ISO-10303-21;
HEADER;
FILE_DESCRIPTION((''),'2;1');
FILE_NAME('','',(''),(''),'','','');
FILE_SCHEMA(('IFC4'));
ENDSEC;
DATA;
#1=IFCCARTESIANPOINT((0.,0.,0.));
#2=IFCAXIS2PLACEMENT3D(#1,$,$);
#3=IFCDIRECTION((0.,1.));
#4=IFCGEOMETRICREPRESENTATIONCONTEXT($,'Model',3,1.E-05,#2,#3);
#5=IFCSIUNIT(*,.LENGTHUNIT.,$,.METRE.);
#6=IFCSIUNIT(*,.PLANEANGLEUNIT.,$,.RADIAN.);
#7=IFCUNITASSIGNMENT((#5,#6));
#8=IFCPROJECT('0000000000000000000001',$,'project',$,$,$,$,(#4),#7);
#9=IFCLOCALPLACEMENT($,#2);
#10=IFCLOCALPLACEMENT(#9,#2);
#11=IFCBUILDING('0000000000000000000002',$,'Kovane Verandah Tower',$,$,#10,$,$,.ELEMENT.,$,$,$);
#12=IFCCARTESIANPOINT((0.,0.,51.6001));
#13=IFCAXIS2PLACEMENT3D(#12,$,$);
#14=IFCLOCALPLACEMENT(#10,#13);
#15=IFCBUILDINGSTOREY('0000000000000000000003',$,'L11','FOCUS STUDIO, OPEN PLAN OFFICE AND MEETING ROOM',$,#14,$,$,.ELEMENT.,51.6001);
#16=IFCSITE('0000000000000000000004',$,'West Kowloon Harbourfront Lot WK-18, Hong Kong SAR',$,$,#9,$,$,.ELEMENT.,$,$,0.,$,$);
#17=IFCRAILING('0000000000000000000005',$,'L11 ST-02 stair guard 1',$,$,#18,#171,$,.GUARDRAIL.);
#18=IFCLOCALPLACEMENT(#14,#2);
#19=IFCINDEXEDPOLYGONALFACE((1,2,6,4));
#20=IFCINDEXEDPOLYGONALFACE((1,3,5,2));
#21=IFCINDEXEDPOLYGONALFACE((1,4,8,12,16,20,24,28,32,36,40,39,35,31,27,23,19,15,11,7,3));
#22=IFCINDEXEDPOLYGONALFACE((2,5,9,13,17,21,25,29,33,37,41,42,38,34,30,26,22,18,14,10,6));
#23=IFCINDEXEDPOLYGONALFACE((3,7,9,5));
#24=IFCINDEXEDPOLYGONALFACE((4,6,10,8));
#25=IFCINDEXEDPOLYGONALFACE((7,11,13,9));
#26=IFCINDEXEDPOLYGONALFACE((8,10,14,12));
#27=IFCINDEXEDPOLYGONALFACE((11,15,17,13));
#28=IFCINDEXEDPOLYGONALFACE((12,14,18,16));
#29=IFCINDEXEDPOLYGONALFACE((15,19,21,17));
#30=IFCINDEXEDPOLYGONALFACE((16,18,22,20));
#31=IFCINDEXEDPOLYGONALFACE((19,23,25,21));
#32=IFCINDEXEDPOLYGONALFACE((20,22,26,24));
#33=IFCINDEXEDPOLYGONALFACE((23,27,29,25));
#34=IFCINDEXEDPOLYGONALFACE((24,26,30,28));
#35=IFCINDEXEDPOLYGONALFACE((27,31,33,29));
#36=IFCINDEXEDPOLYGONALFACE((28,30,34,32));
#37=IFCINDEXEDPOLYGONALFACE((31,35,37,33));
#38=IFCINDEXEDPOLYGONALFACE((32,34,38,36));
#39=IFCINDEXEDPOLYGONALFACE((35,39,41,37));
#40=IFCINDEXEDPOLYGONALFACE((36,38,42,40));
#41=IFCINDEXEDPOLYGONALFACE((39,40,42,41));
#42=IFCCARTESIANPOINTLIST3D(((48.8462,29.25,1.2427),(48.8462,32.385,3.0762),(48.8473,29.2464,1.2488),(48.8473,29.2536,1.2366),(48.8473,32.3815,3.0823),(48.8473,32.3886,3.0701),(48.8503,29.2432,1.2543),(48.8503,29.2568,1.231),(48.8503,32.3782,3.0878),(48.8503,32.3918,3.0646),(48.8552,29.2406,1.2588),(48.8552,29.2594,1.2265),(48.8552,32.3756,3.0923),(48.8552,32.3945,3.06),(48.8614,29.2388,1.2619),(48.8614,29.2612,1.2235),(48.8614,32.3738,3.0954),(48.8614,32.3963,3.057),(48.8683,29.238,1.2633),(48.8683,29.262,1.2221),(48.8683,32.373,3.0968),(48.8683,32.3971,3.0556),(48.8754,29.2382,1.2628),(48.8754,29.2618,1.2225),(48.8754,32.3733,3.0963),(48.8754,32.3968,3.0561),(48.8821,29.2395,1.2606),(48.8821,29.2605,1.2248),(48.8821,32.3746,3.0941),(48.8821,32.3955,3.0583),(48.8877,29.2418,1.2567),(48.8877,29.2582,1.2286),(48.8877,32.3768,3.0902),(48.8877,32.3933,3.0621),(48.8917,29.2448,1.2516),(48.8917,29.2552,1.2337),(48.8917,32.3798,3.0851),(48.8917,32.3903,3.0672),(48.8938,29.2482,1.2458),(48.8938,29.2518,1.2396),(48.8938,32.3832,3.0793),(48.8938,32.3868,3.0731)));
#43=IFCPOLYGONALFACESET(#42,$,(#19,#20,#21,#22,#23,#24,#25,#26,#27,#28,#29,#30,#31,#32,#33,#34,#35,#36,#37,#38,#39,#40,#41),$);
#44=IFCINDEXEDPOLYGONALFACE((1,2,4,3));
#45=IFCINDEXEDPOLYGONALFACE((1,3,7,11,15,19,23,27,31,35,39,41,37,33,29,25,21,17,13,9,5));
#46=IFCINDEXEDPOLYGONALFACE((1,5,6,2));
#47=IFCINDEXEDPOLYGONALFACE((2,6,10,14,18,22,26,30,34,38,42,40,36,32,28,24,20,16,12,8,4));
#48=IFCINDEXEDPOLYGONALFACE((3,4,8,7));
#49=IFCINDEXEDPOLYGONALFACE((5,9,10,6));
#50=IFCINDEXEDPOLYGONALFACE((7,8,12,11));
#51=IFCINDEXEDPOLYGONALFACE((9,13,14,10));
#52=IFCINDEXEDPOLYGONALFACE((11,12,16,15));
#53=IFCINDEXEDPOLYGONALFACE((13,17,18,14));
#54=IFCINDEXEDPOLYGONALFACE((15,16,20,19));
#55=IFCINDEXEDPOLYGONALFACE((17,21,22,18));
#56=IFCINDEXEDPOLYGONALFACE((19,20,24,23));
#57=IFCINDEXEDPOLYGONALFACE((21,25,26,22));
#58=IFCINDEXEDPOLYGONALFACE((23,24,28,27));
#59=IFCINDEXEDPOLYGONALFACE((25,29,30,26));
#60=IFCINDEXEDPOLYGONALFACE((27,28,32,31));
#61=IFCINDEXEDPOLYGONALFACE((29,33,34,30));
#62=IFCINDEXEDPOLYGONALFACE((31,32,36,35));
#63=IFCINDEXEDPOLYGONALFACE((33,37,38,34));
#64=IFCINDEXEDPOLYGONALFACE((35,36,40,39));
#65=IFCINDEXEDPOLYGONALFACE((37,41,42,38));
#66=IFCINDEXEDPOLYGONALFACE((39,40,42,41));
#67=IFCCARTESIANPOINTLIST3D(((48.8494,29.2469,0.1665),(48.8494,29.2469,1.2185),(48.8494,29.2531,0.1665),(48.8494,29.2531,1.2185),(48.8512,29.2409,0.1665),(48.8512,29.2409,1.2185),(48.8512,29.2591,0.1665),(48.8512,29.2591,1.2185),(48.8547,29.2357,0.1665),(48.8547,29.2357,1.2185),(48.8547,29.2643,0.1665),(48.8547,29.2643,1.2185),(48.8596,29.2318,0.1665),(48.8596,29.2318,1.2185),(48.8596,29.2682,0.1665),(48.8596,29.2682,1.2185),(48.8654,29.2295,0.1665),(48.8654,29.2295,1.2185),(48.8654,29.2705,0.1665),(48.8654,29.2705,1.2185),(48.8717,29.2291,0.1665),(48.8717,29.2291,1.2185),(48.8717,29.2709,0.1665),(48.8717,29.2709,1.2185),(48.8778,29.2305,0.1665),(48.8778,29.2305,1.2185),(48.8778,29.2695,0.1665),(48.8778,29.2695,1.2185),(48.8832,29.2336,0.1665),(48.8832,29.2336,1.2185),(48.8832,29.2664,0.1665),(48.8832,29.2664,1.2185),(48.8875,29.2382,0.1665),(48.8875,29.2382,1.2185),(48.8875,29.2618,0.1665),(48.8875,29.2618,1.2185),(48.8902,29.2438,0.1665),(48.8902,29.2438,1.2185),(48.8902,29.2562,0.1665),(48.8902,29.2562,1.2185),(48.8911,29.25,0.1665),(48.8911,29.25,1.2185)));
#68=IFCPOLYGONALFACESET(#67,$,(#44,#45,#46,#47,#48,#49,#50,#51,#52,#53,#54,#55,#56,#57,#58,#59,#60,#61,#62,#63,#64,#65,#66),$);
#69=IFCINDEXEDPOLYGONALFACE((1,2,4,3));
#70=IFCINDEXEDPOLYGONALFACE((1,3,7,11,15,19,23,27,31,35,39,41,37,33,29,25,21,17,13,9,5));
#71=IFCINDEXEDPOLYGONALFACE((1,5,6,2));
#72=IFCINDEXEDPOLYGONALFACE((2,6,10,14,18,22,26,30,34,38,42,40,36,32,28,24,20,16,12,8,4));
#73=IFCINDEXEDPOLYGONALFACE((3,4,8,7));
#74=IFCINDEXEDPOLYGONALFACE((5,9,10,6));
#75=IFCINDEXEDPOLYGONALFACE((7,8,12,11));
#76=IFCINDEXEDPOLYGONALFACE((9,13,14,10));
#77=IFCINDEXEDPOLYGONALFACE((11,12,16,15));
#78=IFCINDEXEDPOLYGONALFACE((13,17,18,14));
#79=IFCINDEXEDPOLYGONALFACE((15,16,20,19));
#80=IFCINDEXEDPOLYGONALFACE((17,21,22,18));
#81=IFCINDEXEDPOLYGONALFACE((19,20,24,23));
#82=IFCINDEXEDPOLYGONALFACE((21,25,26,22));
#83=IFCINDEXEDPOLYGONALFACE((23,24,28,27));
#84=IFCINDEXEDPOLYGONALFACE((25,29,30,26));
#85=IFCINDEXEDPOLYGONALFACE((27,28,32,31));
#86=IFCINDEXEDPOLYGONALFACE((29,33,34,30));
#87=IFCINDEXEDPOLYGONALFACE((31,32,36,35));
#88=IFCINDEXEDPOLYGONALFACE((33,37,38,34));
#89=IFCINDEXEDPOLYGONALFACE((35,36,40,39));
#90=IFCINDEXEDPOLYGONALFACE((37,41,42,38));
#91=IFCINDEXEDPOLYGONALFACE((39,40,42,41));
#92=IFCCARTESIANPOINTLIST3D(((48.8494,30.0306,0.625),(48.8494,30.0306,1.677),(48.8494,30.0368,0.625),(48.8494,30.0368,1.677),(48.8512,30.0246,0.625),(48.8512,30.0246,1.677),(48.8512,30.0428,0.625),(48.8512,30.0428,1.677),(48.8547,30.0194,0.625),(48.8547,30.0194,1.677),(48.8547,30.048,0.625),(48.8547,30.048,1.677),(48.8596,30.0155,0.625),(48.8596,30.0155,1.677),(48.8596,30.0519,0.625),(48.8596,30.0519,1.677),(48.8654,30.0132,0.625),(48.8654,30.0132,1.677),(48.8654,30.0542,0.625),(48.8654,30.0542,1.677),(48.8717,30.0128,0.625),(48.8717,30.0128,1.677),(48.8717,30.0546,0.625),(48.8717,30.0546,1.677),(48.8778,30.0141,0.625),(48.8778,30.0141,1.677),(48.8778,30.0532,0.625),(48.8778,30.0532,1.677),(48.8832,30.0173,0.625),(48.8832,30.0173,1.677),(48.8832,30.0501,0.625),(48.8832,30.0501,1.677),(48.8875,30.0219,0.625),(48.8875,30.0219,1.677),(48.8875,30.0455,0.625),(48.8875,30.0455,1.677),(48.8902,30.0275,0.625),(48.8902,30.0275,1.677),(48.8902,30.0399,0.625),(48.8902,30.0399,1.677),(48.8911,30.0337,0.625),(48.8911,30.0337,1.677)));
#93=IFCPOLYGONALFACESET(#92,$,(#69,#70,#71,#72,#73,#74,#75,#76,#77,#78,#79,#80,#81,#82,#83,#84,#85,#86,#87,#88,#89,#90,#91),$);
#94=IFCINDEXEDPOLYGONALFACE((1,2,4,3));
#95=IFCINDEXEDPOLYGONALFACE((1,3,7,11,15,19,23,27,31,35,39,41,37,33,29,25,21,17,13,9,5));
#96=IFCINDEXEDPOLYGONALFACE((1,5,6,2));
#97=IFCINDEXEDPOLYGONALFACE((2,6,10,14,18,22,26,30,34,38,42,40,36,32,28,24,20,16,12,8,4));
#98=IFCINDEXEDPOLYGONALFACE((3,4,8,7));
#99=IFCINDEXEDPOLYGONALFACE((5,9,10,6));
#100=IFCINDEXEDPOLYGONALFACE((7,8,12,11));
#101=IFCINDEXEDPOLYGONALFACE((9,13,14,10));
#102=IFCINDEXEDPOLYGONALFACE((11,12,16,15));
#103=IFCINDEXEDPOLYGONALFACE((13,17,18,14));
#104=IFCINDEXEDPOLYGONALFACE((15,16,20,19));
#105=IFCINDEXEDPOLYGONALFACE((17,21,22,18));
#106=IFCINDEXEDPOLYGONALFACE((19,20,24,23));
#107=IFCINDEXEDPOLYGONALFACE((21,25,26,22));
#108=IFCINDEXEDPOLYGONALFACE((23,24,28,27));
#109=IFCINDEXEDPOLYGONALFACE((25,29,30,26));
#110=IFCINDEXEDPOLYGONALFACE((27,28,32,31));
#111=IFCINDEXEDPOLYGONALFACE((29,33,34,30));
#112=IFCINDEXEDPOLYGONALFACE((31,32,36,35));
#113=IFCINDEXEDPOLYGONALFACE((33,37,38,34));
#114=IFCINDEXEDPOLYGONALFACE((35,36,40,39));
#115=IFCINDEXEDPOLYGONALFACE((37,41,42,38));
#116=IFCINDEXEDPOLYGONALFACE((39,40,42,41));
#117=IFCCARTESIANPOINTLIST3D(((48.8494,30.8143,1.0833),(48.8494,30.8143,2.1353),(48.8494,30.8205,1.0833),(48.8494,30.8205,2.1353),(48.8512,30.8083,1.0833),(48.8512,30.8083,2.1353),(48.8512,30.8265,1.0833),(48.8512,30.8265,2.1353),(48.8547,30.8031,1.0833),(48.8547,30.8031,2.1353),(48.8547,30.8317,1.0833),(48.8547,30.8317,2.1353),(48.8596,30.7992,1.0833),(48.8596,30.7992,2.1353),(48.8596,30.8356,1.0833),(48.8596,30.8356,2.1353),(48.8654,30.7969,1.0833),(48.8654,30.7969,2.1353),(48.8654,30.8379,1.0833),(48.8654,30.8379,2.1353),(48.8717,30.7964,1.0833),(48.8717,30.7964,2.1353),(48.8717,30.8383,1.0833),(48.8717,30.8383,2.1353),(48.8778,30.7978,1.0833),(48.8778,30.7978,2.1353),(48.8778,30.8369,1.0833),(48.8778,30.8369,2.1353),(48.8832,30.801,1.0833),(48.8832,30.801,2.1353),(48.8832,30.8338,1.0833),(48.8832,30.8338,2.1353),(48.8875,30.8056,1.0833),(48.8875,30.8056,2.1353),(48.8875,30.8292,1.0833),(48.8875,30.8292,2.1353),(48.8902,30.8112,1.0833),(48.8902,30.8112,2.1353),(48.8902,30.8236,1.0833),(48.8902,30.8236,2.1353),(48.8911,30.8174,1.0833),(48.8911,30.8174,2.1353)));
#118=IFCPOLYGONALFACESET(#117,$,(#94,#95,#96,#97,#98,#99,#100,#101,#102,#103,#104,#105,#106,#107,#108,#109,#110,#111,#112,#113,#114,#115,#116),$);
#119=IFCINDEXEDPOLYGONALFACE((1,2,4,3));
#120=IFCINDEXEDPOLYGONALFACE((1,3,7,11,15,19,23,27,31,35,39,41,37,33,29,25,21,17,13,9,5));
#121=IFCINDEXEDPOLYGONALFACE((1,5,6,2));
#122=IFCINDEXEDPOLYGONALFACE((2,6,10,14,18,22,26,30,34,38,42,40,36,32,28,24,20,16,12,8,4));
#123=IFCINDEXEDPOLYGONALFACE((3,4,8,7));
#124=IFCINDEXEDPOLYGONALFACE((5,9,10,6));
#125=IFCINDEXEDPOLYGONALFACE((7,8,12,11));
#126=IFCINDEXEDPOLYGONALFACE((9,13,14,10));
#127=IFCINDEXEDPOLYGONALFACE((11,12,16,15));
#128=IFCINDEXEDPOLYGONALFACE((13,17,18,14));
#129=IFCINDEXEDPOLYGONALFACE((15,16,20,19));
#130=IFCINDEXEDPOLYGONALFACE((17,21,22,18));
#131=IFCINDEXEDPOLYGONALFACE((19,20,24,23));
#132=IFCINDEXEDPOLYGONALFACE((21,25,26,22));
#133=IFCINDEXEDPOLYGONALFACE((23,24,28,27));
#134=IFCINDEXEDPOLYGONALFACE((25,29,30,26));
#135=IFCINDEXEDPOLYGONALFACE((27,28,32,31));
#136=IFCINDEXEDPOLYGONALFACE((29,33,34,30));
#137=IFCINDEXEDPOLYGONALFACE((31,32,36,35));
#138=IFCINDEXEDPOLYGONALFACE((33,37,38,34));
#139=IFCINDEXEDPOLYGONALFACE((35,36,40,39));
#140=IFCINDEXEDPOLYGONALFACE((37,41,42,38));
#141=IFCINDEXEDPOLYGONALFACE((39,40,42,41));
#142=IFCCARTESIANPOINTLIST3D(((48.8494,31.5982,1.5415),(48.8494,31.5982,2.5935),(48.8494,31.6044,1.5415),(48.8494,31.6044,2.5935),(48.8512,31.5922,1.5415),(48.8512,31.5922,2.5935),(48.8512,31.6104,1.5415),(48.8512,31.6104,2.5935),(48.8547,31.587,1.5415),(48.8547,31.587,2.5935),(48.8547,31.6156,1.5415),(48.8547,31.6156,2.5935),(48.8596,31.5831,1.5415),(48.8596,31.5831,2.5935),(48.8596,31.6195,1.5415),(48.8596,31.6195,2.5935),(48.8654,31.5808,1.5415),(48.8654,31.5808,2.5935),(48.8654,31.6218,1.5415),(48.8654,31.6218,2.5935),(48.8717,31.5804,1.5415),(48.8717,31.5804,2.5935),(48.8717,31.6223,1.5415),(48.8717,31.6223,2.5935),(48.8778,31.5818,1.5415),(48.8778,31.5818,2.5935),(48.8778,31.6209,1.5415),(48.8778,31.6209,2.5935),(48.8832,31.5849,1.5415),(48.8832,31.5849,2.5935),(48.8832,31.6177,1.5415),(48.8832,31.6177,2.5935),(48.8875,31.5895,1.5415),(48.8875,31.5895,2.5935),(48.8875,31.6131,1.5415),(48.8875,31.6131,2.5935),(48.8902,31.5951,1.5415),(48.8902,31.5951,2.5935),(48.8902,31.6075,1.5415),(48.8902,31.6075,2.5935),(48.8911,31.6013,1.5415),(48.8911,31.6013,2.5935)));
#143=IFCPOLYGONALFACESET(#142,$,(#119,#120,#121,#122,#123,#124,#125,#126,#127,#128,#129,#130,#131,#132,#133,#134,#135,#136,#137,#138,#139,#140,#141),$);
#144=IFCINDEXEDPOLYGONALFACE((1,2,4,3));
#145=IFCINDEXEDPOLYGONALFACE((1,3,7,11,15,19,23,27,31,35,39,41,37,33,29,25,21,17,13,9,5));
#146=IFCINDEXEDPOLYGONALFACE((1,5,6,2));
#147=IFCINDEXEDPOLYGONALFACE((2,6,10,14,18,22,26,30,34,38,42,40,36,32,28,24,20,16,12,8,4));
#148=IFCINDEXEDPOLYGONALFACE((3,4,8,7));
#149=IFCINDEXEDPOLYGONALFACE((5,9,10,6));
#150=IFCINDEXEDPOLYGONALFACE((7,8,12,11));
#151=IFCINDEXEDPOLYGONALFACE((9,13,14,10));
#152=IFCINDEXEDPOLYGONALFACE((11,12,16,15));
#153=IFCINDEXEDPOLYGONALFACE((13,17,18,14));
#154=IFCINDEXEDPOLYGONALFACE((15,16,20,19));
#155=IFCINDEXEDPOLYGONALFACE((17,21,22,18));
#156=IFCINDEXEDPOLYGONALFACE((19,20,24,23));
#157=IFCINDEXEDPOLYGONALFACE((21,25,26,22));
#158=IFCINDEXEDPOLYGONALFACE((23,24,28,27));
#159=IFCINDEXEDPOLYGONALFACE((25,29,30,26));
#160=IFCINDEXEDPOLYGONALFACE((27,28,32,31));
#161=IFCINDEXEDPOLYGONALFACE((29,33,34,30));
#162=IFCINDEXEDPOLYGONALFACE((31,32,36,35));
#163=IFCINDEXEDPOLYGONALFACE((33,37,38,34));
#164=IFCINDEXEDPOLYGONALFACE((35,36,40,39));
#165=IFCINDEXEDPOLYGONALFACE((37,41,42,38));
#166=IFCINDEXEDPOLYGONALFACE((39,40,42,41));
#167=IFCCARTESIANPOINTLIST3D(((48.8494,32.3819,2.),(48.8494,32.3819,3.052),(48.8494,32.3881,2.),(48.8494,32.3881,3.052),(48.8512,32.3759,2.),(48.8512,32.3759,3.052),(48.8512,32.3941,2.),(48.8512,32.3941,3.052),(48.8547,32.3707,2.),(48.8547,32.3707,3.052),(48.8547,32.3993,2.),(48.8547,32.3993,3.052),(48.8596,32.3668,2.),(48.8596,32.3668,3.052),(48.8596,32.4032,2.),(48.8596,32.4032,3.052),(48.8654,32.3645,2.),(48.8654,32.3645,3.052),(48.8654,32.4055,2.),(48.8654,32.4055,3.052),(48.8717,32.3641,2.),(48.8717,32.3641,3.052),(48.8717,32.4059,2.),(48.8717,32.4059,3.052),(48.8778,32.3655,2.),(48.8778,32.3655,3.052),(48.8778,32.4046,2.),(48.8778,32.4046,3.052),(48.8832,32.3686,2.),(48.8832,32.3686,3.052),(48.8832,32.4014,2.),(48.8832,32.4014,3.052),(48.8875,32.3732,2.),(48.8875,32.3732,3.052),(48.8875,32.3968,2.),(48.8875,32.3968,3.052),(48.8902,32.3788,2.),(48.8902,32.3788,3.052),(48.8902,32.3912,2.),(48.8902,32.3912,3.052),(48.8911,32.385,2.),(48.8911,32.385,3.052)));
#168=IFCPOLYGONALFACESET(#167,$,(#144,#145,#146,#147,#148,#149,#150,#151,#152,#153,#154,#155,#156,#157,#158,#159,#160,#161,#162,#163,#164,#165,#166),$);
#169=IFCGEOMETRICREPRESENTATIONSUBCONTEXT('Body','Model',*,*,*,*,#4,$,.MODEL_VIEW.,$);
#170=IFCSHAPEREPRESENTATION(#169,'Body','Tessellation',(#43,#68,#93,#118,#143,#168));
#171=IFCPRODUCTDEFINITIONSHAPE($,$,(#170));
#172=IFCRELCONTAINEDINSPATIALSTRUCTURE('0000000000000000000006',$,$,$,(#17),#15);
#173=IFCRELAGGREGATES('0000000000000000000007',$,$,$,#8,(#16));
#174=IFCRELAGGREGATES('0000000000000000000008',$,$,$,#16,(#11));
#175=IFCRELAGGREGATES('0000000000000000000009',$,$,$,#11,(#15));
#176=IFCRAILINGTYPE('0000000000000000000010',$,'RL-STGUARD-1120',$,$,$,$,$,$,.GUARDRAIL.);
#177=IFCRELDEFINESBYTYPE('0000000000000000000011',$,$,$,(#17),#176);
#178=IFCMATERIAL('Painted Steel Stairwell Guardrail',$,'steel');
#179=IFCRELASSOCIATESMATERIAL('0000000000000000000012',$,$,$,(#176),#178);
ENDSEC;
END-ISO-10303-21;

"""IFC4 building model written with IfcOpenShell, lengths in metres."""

from ifc_helpers import new_model, si_unit, direction, frame, origin, origin_2d, place, context, subcontext, project, spatial, circle, extrude, material, type_object, element, save


model = new_model("IFC4")

# Units and contexts
model_context = context("Model", 3, precision=1e-05, world=origin(), true_north=direction((0.0, 1.0)))
body_context = subcontext(model_context, "Body", "Model", "MODEL_VIEW")
ifc_project = project(units=[si_unit("LENGTHUNIT", "METRE"), si_unit("PLANEANGLEUNIT", "RADIAN")], contexts=[model_context])

# Site, building, storey
site_placement = place(None, origin())
site = spatial("IfcSite", under=ifc_project, at=site_placement, Name="West Kowloon Harbourfront Lot WK-18, Hong Kong SAR", CompositionType="ELEMENT", RefElevation=0.0)
building_placement = place(site_placement, origin())
building = spatial("IfcBuilding", under=site, at=building_placement, Name="Kovane Verandah Tower", CompositionType="ELEMENT")
storey_placement = place(building_placement, frame((0.0, 0.0, 51.6001)))
storey = spatial("IfcBuildingStorey", under=building, at=storey_placement, Name="L11", Description="FOCUS STUDIO, OPEN PLAN OFFICE AND MEETING ROOM", CompositionType="ELEMENT", Elevation=51.6001)

# Railing
ifc_material_1 = material(Name="Painted Steel Stairwell Guardrail", Category="steel")
railing_type_1 = type_object("IfcRailingType", Name="RL-STGUARD-1120", PredefinedType="GUARDRAIL", material=ifc_material_1)
railing_1_placement = place(storey_placement, frame((48.8701, 29.25, 0.1665)))
element("IfcRailing", 1, at=railing_1_placement, inside=storey, type_object=railing_type_1, Name="L11 ST-02 stair guard 1", PredefinedType="GUARDRAIL", context=body_context, shape_type="SweptSolid", body=[
    extrude(circle(Radius=0.0239, at=origin_2d()), frame((0.0, 0.0, 1.0762), z_axis=(0.0, 0.86321, 0.504845), x_axis=(-1.0, 0.0, 0.0)), (0.0, 0.0, 1.0), 3.6318),
    extrude(circle(Radius=0.021, at=origin_2d()), origin(), (0.0, 0.0, 1.0), 1.052),
    extrude(circle(Radius=0.021, at=origin_2d()), frame((0.0, 0.7837, 0.4585)), (0.0, 0.0, 1.0), 1.052),
    extrude(circle(Radius=0.021, at=origin_2d()), frame((0.0, 1.5674, 0.9167)), (0.0, 0.0, 1.0), 1.052),
    extrude(circle(Radius=0.021, at=origin_2d()), frame((0.0, 2.3513, 1.375)), (0.0, 0.0, 1.0), 1.052),
    extrude(circle(Radius=0.021, at=origin_2d()), frame((0.0, 3.135, 1.8335)), (0.0, 0.0, 1.0), 1.052),
])

save(model, "model.ifc")
